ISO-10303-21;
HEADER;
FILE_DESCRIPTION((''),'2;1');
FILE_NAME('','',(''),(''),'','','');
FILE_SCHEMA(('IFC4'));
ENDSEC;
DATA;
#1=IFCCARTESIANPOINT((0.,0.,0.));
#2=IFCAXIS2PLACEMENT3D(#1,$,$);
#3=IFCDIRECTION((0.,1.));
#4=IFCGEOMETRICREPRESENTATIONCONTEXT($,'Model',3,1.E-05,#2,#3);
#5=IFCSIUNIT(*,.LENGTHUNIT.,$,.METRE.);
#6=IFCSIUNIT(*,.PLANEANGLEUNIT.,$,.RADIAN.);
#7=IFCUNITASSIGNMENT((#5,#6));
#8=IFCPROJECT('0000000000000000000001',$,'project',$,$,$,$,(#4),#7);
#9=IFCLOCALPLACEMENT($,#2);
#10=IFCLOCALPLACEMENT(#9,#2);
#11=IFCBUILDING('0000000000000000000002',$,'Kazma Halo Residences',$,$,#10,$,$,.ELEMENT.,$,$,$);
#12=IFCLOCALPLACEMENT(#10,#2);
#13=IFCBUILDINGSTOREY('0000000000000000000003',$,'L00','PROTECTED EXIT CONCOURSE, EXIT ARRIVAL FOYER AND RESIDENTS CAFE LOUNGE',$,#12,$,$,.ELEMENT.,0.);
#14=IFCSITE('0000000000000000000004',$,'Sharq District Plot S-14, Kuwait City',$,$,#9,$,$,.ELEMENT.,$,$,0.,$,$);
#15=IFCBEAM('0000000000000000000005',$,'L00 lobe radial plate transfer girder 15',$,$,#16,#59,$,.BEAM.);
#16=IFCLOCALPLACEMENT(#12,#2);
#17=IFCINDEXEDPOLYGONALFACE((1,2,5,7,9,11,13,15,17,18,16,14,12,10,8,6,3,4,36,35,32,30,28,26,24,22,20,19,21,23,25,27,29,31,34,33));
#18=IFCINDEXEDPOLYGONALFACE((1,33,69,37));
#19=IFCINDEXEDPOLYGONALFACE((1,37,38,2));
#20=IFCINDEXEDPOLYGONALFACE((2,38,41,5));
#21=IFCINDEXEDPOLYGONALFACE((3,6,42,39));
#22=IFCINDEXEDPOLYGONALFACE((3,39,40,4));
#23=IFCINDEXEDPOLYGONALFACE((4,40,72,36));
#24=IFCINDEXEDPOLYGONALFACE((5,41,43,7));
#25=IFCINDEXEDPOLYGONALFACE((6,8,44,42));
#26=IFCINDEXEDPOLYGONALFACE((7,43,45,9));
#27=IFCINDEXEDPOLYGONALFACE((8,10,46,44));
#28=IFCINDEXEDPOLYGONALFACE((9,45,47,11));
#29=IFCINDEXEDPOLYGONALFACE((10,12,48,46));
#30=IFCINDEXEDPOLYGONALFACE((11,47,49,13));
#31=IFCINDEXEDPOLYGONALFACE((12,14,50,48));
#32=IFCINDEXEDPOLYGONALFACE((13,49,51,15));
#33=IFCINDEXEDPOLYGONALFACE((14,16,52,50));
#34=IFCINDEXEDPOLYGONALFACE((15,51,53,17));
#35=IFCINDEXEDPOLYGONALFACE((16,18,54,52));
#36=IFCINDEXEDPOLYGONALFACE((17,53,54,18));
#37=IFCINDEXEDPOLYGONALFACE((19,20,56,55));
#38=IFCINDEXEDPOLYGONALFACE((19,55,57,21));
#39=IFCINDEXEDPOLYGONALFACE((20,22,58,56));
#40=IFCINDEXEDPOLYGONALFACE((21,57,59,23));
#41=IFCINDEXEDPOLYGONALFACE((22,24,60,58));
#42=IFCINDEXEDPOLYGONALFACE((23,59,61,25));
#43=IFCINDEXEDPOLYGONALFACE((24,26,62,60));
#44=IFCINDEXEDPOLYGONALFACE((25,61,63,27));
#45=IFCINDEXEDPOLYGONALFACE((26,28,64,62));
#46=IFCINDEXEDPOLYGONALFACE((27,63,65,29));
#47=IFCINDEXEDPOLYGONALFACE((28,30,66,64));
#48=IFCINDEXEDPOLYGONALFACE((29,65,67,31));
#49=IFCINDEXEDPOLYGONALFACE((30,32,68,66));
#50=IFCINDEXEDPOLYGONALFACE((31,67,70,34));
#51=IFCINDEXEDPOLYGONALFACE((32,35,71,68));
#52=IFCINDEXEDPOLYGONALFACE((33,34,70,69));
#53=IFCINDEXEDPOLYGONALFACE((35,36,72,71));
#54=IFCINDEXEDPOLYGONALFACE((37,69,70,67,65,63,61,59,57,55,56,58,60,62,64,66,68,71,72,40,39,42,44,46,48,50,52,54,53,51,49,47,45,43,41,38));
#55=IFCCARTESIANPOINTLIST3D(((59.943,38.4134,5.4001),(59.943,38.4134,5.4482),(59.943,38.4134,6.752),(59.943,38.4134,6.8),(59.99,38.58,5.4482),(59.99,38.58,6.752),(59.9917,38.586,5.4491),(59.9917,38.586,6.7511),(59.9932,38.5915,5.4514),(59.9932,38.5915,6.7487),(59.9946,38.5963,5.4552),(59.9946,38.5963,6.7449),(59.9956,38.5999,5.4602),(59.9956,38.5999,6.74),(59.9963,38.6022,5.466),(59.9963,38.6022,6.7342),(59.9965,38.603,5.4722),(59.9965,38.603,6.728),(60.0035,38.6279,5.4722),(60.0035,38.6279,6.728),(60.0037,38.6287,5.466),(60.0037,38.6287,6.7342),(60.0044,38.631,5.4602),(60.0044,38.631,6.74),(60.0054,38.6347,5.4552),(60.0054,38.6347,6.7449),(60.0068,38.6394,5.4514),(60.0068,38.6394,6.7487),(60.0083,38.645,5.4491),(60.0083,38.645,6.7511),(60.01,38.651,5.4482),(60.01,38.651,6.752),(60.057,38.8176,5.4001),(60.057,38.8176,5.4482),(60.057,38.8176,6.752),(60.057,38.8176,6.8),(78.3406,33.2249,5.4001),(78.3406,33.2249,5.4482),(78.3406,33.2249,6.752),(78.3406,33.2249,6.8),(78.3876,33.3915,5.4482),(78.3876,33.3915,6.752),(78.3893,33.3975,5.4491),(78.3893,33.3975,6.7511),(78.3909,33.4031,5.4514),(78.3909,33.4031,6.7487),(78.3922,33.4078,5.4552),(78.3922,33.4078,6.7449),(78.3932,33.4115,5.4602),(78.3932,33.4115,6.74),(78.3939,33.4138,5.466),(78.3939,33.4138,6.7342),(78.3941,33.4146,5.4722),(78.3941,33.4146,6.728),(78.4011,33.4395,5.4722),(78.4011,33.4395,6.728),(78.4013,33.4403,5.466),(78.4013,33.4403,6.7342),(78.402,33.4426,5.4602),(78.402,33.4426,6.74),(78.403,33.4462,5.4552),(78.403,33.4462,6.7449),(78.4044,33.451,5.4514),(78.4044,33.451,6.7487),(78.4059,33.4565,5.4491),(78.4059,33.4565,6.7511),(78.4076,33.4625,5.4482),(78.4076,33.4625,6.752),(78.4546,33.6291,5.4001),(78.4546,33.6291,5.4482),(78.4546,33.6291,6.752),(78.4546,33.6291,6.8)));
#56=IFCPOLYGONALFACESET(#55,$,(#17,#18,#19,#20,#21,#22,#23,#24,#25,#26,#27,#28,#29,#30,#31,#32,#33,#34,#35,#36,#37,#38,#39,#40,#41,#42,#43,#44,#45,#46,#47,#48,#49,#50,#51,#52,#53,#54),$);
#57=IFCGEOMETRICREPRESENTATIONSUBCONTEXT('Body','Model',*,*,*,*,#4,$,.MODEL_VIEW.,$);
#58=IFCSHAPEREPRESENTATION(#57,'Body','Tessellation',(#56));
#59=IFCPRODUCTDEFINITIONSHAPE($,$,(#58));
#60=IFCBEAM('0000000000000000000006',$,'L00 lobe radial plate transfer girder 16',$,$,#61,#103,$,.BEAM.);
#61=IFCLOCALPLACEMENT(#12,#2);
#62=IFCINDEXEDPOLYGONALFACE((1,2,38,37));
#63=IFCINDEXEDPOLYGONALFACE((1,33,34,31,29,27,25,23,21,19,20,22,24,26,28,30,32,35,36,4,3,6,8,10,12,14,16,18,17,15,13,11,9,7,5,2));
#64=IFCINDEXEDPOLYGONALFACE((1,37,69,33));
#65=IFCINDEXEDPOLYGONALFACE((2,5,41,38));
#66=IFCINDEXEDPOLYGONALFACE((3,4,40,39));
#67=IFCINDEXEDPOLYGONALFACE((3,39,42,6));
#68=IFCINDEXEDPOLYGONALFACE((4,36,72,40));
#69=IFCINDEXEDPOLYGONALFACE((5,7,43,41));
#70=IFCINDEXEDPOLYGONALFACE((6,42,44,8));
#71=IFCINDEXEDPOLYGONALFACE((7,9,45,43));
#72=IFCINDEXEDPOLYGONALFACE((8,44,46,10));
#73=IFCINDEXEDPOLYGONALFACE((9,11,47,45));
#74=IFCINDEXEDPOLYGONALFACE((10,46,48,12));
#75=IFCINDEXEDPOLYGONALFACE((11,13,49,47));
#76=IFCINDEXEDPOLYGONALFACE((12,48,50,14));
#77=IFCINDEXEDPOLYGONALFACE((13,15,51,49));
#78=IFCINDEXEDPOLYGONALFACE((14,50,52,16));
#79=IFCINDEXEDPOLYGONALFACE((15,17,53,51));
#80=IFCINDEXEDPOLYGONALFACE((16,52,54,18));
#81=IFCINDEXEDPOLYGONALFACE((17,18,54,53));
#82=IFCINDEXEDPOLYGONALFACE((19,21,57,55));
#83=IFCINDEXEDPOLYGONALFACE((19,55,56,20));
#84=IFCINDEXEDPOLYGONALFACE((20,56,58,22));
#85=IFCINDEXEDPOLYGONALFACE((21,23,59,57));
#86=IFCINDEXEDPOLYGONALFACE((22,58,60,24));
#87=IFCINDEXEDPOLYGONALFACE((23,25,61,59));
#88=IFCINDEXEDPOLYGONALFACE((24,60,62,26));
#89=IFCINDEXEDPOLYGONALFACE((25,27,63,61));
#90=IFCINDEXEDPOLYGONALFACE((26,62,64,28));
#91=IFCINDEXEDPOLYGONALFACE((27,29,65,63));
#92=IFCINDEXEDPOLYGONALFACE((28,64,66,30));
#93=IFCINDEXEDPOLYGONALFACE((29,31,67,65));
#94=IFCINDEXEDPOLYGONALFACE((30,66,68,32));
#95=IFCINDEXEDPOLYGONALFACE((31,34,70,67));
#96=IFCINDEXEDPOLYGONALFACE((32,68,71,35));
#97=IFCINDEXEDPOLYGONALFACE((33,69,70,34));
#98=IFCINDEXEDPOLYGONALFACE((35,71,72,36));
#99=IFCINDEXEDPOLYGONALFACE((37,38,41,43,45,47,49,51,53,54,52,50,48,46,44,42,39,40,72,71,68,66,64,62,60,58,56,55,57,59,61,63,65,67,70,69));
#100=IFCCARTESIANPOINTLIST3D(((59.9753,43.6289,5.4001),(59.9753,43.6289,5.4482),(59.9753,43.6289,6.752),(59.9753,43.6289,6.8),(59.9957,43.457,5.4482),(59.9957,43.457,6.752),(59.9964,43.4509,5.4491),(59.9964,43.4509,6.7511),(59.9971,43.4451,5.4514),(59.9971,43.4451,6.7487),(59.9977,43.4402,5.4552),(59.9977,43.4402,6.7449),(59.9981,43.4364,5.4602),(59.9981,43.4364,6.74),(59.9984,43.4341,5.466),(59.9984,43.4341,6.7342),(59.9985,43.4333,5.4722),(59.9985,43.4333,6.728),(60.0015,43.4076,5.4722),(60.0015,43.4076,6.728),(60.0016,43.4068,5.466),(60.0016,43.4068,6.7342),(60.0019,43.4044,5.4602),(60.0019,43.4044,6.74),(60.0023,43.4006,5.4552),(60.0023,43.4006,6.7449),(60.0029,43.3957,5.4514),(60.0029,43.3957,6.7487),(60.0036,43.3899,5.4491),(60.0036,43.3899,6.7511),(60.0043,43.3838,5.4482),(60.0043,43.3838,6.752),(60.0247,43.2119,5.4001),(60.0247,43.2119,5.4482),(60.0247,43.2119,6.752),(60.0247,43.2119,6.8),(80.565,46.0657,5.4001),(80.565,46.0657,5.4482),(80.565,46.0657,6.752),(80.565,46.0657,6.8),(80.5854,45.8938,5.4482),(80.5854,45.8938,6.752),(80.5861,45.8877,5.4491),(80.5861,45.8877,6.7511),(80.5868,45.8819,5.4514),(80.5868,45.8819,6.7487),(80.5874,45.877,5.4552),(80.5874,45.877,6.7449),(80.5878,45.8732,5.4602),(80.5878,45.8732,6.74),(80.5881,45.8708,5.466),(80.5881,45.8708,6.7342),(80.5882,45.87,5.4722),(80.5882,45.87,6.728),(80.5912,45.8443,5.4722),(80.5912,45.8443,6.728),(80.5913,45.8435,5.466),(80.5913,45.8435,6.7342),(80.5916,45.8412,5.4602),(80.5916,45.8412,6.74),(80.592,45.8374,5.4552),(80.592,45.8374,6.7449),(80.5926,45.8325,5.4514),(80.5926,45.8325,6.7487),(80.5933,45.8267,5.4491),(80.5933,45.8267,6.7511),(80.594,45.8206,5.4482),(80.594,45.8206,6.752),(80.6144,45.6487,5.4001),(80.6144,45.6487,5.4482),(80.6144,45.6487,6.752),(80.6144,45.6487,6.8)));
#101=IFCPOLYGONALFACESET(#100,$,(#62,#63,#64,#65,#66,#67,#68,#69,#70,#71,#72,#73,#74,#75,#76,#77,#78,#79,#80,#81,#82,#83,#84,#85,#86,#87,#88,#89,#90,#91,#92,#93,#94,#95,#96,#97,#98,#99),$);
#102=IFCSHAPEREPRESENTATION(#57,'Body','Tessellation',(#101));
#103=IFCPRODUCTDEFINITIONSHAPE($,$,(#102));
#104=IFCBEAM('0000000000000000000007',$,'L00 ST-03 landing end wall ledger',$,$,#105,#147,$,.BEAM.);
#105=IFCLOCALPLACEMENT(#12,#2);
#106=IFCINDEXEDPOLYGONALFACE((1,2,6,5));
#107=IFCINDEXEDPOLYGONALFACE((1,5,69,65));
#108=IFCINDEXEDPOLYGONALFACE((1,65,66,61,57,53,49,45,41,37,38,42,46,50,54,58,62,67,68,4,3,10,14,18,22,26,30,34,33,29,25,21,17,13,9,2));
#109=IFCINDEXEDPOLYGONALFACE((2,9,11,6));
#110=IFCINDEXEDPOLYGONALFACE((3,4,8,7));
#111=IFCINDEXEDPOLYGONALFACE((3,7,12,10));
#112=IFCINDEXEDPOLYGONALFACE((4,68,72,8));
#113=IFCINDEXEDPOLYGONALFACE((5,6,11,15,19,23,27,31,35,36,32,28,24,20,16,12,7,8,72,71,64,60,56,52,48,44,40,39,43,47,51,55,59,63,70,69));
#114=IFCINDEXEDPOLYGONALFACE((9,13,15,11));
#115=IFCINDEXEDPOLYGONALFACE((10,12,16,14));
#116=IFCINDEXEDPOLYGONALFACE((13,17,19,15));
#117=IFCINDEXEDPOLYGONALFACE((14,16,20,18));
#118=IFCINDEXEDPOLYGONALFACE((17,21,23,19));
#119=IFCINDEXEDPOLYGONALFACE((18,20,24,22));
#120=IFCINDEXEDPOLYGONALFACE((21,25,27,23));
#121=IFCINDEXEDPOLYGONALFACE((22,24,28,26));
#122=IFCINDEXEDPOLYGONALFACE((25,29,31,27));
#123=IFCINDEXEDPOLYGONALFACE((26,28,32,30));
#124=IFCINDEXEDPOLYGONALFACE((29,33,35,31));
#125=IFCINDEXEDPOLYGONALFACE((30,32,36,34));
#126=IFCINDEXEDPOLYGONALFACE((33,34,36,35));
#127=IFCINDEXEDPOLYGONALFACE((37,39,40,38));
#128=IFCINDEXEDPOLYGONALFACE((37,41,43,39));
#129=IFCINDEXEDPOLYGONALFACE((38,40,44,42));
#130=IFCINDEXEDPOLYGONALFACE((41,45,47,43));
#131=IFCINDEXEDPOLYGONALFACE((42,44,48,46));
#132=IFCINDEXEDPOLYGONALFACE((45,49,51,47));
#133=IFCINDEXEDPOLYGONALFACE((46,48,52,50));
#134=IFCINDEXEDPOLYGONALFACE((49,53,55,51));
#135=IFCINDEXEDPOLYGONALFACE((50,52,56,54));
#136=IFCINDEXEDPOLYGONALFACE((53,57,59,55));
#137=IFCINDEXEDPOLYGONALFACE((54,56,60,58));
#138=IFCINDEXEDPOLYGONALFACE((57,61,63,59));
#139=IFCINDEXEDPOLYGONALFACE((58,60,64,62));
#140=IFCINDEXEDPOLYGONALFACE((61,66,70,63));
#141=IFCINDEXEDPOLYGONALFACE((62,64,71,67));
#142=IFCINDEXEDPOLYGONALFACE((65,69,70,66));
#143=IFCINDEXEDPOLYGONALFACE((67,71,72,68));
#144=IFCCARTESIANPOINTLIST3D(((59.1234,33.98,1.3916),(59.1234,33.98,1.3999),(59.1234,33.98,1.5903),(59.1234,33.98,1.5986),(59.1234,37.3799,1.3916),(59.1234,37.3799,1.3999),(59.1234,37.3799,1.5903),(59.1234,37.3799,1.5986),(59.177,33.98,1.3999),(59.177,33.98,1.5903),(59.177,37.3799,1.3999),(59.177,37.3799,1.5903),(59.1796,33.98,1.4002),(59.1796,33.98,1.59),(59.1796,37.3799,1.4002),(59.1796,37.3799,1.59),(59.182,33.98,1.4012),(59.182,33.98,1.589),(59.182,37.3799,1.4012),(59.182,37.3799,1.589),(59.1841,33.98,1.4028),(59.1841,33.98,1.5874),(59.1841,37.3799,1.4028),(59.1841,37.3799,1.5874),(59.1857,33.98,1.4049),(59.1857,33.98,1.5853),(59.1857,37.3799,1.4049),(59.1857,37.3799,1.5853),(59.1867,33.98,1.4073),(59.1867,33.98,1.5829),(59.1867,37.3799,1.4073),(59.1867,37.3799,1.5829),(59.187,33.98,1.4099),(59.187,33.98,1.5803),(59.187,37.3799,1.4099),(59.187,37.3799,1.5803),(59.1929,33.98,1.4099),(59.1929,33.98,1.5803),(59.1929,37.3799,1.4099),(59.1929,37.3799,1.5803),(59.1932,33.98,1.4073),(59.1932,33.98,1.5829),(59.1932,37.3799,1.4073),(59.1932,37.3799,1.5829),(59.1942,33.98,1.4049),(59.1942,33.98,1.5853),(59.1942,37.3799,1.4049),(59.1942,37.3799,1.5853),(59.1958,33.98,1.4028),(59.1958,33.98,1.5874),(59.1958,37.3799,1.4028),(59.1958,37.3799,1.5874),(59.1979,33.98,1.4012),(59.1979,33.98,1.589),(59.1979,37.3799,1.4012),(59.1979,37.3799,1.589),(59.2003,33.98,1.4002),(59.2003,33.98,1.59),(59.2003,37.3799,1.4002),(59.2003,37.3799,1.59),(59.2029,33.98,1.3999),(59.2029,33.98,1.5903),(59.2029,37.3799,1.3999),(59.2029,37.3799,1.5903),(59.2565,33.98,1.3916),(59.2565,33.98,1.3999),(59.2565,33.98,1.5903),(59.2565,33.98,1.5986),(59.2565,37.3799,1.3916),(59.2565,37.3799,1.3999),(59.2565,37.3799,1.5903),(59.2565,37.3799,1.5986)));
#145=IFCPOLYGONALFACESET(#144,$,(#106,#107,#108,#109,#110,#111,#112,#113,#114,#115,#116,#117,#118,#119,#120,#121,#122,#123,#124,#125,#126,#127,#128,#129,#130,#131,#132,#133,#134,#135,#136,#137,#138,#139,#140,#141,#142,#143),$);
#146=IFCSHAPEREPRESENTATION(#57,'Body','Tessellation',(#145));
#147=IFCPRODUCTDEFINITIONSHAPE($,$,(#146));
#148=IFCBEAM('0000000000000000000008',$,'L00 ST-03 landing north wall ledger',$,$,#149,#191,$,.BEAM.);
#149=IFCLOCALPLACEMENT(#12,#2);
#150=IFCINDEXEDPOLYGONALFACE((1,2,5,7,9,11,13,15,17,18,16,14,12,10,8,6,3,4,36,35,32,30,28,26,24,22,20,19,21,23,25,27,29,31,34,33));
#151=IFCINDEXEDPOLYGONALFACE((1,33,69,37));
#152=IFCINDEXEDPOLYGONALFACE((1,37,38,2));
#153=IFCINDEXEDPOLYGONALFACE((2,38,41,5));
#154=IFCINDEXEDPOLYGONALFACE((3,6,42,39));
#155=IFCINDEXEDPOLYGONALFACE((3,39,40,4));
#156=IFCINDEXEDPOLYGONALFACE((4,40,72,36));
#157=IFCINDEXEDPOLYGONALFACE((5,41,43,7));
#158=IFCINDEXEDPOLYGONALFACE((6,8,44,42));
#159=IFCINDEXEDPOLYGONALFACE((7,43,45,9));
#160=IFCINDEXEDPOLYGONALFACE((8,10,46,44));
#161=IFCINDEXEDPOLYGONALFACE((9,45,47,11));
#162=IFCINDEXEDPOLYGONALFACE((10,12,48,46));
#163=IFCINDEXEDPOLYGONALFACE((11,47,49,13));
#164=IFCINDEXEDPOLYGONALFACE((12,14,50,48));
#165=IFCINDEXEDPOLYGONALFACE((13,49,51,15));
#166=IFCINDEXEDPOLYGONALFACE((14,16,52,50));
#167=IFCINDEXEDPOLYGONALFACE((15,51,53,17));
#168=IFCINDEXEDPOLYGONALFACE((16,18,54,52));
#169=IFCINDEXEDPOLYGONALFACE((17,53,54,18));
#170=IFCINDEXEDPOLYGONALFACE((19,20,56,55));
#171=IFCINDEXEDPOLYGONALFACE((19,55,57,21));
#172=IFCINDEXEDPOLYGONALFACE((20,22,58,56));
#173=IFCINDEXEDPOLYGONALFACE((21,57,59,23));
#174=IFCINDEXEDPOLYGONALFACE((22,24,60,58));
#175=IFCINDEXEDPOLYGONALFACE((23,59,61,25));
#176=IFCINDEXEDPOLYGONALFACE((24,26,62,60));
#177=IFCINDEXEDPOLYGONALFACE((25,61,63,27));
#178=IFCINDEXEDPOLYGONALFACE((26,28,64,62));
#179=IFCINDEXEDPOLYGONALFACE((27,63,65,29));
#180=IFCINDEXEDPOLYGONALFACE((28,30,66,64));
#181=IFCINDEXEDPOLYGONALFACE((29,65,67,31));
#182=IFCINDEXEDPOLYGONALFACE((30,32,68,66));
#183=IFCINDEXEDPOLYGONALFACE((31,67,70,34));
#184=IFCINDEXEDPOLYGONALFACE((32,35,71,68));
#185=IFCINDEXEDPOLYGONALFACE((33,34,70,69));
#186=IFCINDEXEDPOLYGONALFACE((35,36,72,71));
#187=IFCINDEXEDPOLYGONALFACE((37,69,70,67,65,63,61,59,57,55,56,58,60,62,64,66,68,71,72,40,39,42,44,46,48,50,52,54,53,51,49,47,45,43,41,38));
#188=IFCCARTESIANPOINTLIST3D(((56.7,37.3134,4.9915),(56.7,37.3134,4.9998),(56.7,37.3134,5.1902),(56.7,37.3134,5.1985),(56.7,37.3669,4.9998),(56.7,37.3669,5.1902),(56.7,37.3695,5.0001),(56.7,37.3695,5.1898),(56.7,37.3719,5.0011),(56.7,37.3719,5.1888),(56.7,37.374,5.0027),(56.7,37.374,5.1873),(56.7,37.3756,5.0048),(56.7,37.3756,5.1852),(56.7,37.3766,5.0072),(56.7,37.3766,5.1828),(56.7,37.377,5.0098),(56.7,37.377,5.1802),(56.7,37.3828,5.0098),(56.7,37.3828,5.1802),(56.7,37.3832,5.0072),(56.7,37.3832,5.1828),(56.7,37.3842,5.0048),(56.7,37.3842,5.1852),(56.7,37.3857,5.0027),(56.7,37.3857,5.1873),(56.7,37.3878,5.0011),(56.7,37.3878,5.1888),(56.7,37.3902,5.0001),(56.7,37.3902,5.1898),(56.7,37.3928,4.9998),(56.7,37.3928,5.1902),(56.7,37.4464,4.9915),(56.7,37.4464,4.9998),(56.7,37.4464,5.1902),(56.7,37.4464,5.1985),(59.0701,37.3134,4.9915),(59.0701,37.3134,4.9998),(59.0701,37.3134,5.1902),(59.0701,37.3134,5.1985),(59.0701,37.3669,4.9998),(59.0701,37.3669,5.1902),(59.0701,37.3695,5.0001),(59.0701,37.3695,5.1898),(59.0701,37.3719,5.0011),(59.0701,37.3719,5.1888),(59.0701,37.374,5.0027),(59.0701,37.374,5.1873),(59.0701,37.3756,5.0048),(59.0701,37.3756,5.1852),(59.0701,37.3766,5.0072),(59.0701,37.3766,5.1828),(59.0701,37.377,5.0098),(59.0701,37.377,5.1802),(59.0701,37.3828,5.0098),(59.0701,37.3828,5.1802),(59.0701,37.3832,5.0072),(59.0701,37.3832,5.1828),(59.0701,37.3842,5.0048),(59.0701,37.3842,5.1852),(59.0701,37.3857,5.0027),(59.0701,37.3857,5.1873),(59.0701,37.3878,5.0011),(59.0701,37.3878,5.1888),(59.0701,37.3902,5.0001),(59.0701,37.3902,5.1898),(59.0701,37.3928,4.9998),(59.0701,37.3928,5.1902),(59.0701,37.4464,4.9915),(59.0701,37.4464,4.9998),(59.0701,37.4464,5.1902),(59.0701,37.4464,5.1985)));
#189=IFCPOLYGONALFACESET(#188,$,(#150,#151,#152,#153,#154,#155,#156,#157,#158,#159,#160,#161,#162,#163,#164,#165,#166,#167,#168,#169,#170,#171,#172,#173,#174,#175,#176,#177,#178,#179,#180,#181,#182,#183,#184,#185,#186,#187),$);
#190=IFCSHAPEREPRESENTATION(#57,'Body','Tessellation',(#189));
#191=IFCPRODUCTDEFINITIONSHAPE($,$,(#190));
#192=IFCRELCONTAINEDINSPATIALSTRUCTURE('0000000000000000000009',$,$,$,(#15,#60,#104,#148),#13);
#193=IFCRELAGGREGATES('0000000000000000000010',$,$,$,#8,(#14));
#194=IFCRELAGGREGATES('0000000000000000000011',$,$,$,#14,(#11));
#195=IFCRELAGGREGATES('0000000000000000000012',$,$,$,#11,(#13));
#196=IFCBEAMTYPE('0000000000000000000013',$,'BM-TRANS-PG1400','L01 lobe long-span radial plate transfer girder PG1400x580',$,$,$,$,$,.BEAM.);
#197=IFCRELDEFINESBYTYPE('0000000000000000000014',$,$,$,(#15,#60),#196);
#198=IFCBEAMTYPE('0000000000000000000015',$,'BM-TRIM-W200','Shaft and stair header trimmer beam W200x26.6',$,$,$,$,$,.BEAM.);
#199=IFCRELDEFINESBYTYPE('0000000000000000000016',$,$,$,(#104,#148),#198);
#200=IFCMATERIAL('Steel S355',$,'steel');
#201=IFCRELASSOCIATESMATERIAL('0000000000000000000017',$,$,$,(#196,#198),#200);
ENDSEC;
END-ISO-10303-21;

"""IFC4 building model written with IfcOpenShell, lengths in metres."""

from ifc_helpers import new_model, si_unit, direction, frame, origin, origin_2d, place, context, subcontext, project, spatial, i_section, extrude, material, material_profile, profile_set, type_object, element, save


model = new_model("IFC4")

# Units and contexts
model_context = context("Model", 3, precision=1e-05, world=origin(), true_north=direction((0.0, 1.0)))
body_context = subcontext(model_context, "Body", "Model", "MODEL_VIEW")
ifc_project = project(units=[si_unit("LENGTHUNIT", "METRE"), si_unit("PLANEANGLEUNIT", "RADIAN")], contexts=[model_context])

# Site, building, storey
site_placement = place(None, origin())
site = spatial("IfcSite", under=ifc_project, at=site_placement, Name="Sharq District Plot S-14, Kuwait City", CompositionType="ELEMENT", RefElevation=0.0)
building_placement = place(site_placement, origin())
building = spatial("IfcBuilding", under=site, at=building_placement, Name="Kazma Halo Residences", CompositionType="ELEMENT")
storey_placement = place(building_placement, origin())
storey = spatial("IfcBuildingStorey", under=building, at=storey_placement, Name="L00", Description="PROTECTED EXIT CONCOURSE, EXIT ARRIVAL FOYER AND RESIDENTS CAFE LOUNGE", CompositionType="ELEMENT", Elevation=0.0)

# Shared definitions
ifc_material_1 = material(Name="Steel S355", Category="steel")

# Beams
ifc_material_profile_1 = material_profile(ifc_material_1, i_section(OverallWidth=0.4199, OverallDepth=1.3999, WebThickness=0.0259, FlangeThickness=0.0481, FilletRadius=0.0239, at=origin_2d()), Name="PG1400x580")
ifc_profile_set_1 = profile_set([ifc_material_profile_1], Name="Steel S355")
beam_type_1 = type_object("IfcBeamType", Name="BM-TRANS-PG1400", Description="L01 lobe long-span radial plate transfer girder PG1400x580", PredefinedType="BEAM", material=ifc_profile_set_1)
beam_1_placement = place(storey_placement, frame((60.0, 38.6155, 6.1001), z_axis=(0.962458, -0.27143, 0.0), x_axis=(0.27143, 0.962458, 0.0)))
element("IfcBeam", 1, at=beam_1_placement, inside=storey, type_object=beam_type_1, Name="L00 lobe radial plate transfer girder 15", PredefinedType="BEAM", context=body_context, shape_type="SweptSolid", body=[
    extrude(i_section(OverallWidth=0.4199, OverallDepth=1.3999, WebThickness=0.0259, FlangeThickness=0.0481, FilletRadius=0.0239, at=origin_2d()), origin(), (0.0, 0.0, 1.0), 19.1152),
])
beam_2_placement = place(storey_placement, frame((60.0, 43.4204, 6.1001), z_axis=(0.993069, 0.117529, 0.0), x_axis=(-0.117529, 0.993069, 0.0)))
element("IfcBeam", 2, at=beam_2_placement, inside=storey, type_object=beam_type_1, Name="L00 lobe radial plate transfer girder 16", PredefinedType="BEAM", context=body_context, shape_type="SweptSolid", body=[
    extrude(i_section(OverallWidth=0.4199, OverallDepth=1.3999, WebThickness=0.0259, FlangeThickness=0.0481, FilletRadius=0.0239, at=origin_2d()), origin(), (0.0, 0.0, 1.0), 20.7334),
])
ifc_material_profile_2 = material_profile(ifc_material_1, i_section(OverallWidth=0.1331, OverallDepth=0.207, WebThickness=0.0059, FlangeThickness=0.0083, FilletRadius=0.01, at=origin_2d()), Name="W200x26.6")
ifc_profile_set_2 = profile_set([ifc_material_profile_2], Name="Steel S355")
beam_type_2 = type_object("IfcBeamType", Name="BM-TRIM-W200", Description="Shaft and stair header trimmer beam W200x26.6", PredefinedType="BEAM", material=ifc_profile_set_2)
beam_3_placement = place(storey_placement, frame((59.1899, 33.98, 1.4951), z_axis=(0.0, 1.0, 0.0), x_axis=(-1.0, 0.0, 0.0)))
element("IfcBeam", 3, at=beam_3_placement, inside=storey, type_object=beam_type_2, Name="L00 ST-03 landing end wall ledger", PredefinedType="BEAM", context=body_context, shape_type="SweptSolid", body=[
    extrude(i_section(OverallWidth=0.1331, OverallDepth=0.207, WebThickness=0.0059, FlangeThickness=0.0083, FilletRadius=0.01, at=origin_2d()), origin(), (0.0, 0.0, 1.0), 3.3999),
])
beam_4_placement = place(storey_placement, frame((56.7, 37.3799, 5.095), z_axis=(1.0, 0.0, 0.0), x_axis=(0.0, 1.0, 0.0)))
element("IfcBeam", 4, at=beam_4_placement, inside=storey, type_object=beam_type_2, Name="L00 ST-03 landing north wall ledger", PredefinedType="BEAM", context=body_context, shape_type="SweptSolid", body=[
    extrude(i_section(OverallWidth=0.1331, OverallDepth=0.207, WebThickness=0.0059, FlangeThickness=0.0083, FilletRadius=0.01, at=origin_2d()), origin(), (0.0, 0.0, 1.0), 2.3701),
])

save(model, "model.ifc")
